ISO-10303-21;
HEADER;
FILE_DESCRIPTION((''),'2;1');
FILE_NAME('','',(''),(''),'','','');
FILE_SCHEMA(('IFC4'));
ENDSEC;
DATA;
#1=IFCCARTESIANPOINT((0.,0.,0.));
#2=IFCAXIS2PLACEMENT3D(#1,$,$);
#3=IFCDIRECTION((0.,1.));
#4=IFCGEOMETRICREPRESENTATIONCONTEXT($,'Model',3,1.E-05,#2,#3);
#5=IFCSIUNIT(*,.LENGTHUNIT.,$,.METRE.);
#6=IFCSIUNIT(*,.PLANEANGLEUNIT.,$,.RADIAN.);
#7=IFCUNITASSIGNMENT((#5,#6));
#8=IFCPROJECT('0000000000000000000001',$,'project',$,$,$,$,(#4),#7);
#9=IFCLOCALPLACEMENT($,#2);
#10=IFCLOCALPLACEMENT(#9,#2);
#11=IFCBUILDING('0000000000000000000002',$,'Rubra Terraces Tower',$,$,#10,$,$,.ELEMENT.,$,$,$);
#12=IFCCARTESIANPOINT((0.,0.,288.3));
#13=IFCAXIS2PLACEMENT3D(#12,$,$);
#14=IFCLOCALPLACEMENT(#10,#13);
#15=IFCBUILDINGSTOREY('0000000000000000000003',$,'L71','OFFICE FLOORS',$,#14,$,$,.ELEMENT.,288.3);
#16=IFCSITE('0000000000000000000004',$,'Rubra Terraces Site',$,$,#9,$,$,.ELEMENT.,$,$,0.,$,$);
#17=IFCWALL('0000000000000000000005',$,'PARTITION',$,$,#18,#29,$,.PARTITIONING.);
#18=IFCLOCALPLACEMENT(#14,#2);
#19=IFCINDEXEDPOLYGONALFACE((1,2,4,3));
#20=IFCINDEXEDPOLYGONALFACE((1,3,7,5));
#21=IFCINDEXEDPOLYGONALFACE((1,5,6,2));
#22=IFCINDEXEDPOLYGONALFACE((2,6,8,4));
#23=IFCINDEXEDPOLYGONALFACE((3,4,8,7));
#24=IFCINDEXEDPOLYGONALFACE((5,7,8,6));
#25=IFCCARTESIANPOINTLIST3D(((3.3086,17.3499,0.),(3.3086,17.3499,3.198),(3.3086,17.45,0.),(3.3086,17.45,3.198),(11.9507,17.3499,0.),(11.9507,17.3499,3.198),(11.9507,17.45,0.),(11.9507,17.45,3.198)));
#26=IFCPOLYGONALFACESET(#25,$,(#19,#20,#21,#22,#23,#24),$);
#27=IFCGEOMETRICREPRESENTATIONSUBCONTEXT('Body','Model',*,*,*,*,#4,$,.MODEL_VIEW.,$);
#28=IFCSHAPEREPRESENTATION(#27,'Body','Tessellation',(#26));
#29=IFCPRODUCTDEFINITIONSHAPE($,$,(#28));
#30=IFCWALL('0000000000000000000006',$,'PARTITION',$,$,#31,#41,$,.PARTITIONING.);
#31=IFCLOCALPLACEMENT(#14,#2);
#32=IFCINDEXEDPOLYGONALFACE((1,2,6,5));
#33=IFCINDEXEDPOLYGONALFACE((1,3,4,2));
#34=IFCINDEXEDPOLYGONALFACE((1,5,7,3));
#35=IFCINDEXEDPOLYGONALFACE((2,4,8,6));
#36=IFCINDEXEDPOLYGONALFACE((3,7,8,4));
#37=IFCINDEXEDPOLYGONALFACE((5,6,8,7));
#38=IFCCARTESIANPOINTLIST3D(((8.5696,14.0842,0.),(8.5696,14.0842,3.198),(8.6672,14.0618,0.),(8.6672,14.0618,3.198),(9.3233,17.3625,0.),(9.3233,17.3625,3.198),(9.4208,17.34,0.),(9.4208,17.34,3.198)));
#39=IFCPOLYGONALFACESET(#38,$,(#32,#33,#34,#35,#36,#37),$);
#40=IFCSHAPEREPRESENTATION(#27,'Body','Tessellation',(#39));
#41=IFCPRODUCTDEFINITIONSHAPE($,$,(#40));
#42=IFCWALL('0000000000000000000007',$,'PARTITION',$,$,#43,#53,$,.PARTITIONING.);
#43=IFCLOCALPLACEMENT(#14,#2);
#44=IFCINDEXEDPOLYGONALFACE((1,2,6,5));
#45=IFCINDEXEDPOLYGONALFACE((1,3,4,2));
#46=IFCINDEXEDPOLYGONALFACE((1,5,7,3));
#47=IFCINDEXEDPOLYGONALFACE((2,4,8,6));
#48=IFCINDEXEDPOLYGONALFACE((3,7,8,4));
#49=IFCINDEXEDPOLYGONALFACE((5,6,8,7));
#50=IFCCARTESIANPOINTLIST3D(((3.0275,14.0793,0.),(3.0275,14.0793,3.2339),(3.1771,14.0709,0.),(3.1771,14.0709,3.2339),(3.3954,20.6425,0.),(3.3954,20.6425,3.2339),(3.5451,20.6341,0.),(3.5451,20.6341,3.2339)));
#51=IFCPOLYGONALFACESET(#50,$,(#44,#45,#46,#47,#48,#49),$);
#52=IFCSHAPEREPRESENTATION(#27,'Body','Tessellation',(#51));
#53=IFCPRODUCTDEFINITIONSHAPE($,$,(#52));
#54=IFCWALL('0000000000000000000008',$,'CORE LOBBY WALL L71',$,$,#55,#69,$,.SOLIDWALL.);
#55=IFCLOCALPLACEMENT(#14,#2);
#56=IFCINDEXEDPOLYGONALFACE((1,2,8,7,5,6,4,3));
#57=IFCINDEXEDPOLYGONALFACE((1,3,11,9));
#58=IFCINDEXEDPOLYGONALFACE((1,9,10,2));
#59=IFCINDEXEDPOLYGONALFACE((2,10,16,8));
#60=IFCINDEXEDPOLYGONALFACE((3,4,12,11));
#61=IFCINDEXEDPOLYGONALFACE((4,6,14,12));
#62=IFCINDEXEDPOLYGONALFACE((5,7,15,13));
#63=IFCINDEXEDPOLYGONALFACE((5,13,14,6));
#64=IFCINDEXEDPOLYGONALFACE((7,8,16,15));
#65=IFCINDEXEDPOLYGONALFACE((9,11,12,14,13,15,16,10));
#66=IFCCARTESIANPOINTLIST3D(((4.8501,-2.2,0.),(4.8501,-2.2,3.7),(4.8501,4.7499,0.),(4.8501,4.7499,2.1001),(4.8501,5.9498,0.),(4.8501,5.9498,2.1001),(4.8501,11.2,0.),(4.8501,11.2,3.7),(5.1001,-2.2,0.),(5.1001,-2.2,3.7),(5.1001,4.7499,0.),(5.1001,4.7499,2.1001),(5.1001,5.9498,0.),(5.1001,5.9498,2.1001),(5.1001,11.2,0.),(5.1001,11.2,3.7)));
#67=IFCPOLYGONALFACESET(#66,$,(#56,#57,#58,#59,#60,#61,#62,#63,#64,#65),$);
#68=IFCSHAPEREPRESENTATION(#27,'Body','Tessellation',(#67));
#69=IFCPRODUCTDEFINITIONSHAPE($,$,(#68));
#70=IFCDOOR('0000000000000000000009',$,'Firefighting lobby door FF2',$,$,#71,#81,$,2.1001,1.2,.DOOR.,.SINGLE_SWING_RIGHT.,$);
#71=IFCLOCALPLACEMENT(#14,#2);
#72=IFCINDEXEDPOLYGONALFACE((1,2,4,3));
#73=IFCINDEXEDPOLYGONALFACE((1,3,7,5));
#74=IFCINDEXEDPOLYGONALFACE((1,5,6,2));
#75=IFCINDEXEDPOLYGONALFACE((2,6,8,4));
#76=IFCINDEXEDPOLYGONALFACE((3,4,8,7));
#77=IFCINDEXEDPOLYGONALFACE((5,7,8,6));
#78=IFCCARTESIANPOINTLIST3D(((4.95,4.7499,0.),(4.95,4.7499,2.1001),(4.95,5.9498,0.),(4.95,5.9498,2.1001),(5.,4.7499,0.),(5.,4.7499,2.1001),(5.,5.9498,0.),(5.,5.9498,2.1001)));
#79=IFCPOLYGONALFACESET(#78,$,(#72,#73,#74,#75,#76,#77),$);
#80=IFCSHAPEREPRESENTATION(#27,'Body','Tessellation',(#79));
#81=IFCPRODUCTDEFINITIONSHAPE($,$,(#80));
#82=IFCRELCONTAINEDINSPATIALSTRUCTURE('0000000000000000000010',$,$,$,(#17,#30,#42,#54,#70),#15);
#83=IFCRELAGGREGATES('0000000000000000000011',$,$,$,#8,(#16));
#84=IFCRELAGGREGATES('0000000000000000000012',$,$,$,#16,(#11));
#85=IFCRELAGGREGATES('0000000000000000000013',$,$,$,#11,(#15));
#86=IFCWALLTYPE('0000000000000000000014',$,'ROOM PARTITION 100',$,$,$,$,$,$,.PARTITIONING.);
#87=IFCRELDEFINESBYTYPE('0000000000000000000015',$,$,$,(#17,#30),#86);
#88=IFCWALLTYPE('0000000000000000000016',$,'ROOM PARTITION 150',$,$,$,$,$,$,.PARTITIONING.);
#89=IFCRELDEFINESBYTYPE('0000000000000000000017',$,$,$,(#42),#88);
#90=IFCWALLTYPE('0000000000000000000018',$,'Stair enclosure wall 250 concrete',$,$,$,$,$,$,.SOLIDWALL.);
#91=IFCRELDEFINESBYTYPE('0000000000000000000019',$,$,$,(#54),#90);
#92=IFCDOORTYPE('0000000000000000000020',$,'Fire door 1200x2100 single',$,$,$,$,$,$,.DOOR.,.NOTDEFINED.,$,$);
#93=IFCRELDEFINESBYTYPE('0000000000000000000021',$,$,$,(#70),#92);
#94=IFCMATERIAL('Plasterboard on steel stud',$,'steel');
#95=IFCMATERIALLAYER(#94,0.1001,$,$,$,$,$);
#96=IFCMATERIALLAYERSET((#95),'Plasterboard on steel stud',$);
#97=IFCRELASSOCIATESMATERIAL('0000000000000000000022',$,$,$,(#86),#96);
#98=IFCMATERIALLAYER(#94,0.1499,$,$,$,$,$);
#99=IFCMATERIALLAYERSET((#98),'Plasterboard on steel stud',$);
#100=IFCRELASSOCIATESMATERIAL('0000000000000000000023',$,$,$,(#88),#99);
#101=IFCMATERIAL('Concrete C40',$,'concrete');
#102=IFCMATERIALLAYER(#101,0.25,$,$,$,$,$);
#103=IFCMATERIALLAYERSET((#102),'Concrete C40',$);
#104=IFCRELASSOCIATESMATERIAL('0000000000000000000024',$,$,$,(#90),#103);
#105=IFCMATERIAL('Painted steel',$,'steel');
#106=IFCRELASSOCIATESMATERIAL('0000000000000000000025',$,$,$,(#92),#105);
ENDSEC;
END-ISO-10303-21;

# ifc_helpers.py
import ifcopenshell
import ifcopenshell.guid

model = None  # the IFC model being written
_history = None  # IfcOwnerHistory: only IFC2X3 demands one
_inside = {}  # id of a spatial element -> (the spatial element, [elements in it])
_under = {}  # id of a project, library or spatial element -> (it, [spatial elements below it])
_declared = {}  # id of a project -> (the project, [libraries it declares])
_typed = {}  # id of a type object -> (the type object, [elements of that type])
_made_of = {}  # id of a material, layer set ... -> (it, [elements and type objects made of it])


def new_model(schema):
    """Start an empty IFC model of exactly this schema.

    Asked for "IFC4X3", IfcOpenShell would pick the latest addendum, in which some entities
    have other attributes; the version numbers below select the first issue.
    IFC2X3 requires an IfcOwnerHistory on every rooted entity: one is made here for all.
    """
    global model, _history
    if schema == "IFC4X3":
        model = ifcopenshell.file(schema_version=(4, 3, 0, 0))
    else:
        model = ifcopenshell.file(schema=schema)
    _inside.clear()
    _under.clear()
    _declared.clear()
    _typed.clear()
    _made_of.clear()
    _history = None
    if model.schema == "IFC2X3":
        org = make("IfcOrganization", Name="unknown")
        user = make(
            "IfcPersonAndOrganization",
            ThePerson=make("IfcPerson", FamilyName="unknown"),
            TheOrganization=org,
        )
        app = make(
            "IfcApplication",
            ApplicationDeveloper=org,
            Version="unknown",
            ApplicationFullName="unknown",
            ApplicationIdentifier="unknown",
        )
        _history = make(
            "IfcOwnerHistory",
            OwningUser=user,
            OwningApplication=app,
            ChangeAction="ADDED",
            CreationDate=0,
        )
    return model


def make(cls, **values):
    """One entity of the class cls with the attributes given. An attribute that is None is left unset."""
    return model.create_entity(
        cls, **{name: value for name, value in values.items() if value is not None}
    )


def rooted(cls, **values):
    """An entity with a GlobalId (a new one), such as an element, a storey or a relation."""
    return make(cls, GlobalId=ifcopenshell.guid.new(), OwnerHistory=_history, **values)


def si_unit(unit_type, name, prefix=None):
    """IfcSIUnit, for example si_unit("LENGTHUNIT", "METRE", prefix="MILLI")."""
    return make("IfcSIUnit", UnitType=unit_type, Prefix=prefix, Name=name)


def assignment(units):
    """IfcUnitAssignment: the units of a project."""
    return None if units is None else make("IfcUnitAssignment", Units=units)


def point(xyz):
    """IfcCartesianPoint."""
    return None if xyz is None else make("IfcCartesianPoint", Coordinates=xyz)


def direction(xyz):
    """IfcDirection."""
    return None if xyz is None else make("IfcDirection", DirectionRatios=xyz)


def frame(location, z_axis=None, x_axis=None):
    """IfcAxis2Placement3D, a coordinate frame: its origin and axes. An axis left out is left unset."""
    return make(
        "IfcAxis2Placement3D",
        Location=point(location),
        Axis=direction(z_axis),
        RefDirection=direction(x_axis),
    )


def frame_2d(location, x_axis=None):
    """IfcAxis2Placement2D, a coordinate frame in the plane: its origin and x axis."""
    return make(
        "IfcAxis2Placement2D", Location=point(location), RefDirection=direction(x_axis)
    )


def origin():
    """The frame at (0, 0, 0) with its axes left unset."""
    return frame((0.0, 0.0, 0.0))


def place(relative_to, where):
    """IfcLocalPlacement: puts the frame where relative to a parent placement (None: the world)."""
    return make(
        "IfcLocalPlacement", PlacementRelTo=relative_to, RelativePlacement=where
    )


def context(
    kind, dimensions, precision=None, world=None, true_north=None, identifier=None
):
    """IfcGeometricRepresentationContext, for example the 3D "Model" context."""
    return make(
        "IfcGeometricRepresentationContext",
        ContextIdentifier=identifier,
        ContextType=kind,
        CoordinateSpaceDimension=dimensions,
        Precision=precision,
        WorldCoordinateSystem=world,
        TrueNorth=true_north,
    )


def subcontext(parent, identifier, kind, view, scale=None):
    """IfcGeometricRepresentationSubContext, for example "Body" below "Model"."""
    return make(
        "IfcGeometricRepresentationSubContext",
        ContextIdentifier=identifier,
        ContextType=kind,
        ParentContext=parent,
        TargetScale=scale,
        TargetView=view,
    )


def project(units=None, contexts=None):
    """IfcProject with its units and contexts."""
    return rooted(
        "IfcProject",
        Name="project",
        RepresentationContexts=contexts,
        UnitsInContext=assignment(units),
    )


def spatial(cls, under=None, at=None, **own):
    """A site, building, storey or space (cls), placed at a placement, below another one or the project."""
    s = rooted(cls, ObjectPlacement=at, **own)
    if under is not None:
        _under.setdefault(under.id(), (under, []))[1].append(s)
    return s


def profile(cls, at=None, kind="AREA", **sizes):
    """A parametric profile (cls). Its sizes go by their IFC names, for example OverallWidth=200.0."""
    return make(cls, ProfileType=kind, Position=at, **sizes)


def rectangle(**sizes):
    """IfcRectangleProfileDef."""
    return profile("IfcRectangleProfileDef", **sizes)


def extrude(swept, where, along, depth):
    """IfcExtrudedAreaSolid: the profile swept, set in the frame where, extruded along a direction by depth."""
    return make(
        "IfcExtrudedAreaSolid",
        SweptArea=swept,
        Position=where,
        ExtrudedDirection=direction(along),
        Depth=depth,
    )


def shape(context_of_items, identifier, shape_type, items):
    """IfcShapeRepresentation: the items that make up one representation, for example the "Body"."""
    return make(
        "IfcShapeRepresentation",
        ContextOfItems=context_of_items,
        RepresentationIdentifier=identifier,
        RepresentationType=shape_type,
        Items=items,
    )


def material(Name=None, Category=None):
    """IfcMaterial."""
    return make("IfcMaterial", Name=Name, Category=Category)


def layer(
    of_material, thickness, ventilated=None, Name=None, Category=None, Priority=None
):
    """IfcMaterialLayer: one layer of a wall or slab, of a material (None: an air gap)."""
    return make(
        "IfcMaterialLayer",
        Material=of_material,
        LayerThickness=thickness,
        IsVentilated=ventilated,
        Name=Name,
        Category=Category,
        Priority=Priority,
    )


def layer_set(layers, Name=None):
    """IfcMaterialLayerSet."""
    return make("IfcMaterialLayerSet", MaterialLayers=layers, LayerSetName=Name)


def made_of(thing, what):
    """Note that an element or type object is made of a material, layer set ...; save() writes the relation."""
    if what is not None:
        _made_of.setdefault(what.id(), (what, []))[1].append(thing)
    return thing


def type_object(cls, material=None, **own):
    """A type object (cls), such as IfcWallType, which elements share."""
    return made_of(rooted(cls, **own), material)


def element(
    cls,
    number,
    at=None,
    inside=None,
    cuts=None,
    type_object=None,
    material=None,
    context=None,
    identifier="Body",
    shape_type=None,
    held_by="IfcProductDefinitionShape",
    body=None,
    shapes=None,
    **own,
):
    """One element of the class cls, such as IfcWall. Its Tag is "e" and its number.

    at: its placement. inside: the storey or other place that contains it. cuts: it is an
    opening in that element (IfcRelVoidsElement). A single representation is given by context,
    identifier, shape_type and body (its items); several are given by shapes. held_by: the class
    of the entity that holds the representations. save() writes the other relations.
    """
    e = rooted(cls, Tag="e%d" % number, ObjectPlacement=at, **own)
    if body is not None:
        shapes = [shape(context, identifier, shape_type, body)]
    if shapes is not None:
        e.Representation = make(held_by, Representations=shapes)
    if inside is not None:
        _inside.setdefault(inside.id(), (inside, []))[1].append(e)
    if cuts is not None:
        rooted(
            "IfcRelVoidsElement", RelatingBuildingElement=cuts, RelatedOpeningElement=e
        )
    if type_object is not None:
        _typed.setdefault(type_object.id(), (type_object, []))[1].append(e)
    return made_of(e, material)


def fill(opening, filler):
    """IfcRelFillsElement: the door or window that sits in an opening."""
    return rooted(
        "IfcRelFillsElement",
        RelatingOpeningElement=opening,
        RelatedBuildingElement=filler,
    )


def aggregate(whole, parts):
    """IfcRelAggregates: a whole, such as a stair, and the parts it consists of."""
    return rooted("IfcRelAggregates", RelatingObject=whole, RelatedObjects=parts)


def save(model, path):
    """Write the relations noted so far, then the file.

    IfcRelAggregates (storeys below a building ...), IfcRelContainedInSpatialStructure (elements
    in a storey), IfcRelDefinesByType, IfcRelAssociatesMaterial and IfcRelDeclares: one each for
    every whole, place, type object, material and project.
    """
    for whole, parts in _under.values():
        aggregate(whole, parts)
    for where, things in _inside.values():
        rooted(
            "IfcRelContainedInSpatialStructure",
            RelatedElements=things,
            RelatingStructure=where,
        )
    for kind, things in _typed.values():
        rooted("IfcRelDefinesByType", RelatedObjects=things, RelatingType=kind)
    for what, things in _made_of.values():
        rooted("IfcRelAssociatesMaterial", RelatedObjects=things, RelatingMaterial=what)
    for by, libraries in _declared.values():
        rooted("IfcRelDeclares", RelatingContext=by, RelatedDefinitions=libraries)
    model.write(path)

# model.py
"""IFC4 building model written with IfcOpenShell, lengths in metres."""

from ifc_helpers import new_model, si_unit, direction, frame, frame_2d, origin, place, context, subcontext, project, spatial, rectangle, extrude, material, layer, layer_set, type_object, element, fill, save


model = new_model("IFC4")

# Units and contexts
model_context = context("Model", 3, precision=1e-05, world=origin(), true_north=direction((0.0, 1.0)))
body_context = subcontext(model_context, "Body", "Model", "MODEL_VIEW")
ifc_project = project(units=[si_unit("LENGTHUNIT", "METRE"), si_unit("PLANEANGLEUNIT", "RADIAN")], contexts=[model_context])

# Site, building, storey
site_placement = place(None, origin())
site = spatial("IfcSite", under=ifc_project, at=site_placement, Name="Rubra Terraces Site", CompositionType="ELEMENT", RefElevation=0.0)
building_placement = place(site_placement, origin())
building = spatial("IfcBuilding", under=site, at=building_placement, Name="Rubra Terraces Tower", CompositionType="ELEMENT")
storey_placement = place(building_placement, frame((0.0, 0.0, 288.3)))
storey = spatial("IfcBuildingStorey", under=building, at=storey_placement, Name="L71", Description="OFFICE FLOORS", CompositionType="ELEMENT", Elevation=288.3)

# Walls
ifc_material_1 = material(Name="Plasterboard on steel stud", Category="steel")
ifc_layer_1 = layer(ifc_material_1, 0.1001)
ifc_layer_set_1 = layer_set([ifc_layer_1], Name="Plasterboard on steel stud")
wall_type_1 = type_object("IfcWallType", Name="ROOM PARTITION 100", PredefinedType="PARTITIONING", material=ifc_layer_set_1)
wall_1_placement = place(storey_placement, frame((3.3086, 17.3999, 0.0), z_axis=(0.0, 0.0, 1.0), x_axis=(1.0, 0.0, 0.0)))
element("IfcWall", 1, at=wall_1_placement, inside=storey, type_object=wall_type_1, Name="PARTITION", PredefinedType="PARTITIONING", context=body_context, shape_type="SweptSolid", body=[
    extrude(rectangle(XDim=8.6421, YDim=0.1001, at=frame_2d((4.321, 0.0))), origin(), (0.0, 0.0, 1.0), 3.198),
])
wall_2_placement = place(storey_placement, frame((8.6184, 14.073, 0.0), z_axis=(0.0, 0.0, 1.0), x_axis=(0.224048, 0.974578, 0.0)))
element("IfcWall", 2, at=wall_2_placement, inside=storey, type_object=wall_type_1, Name="PARTITION", PredefinedType="PARTITIONING", context=body_context, shape_type="SweptSolid", body=[
    extrude(rectangle(XDim=3.3638, YDim=0.1001, at=frame_2d((1.6819, 0.0))), origin(), (0.0, 0.0, 1.0), 3.198),
])
ifc_layer_2 = layer(ifc_material_1, 0.1499)
ifc_layer_set_2 = layer_set([ifc_layer_2], Name="Plasterboard on steel stud")
wall_type_2 = type_object("IfcWallType", Name="ROOM PARTITION 150", PredefinedType="PARTITIONING", material=ifc_layer_set_2)
wall_3_placement = place(storey_placement, frame((3.4702, 20.6382, 0.0), z_axis=(0.0, 0.0, 1.0), x_axis=(-0.05597, -0.998432, 0.0)))
element("IfcWall", 3, at=wall_3_placement, inside=storey, type_object=wall_type_2, Name="PARTITION", PredefinedType="PARTITIONING", context=body_context, shape_type="SweptSolid", body=[
    extrude(rectangle(XDim=6.5735, YDim=0.1499, at=frame_2d((3.2866, 0.0))), origin(), (0.0, 0.0, 1.0), 3.2339),
])

# Wall, opening, door
ifc_material_2 = material(Name="Concrete C40", Category="concrete")
ifc_layer_3 = layer(ifc_material_2, 0.25)
ifc_layer_set_3 = layer_set([ifc_layer_3], Name="Concrete C40")
wall_type_3 = type_object("IfcWallType", Name="Stair enclosure wall 250 concrete", PredefinedType="SOLIDWALL", material=ifc_layer_set_3)
wall_4_placement = place(storey_placement, frame((4.9751, 11.2, 0.0), z_axis=(0.0, 0.0, 1.0), x_axis=(0.0, -1.0, 0.0)))
wall_4 = element("IfcWall", 4, at=wall_4_placement, inside=storey, type_object=wall_type_3, Name="CORE LOBBY WALL L71", PredefinedType="SOLIDWALL", context=body_context, shape_type="SweptSolid", body=[
    extrude(rectangle(XDim=13.3999, YDim=0.25, at=frame_2d((6.7, 0.0))), origin(), (0.0, 0.0, 1.0), 3.7),
])
opening_1_placement = place(wall_4_placement, frame((5.25, 0.0, 0.0)))
opening_1 = element("IfcOpeningElement", 5, at=opening_1_placement, cuts=wall_4, PredefinedType="OPENING", context=body_context, shape_type="SweptSolid", body=[
    extrude(rectangle(XDim=1.2, YDim=2.1001, at=frame_2d((0.6001, 1.05))), frame((0.0, 0.135, 0.0), z_axis=(0.0, -1.0, 0.0), x_axis=(1.0, 0.0, 0.0)), (0.0, 0.0, 1.0), 0.27),
])
ifc_material_3 = material(Name="Painted steel", Category="steel")
door_type_1 = type_object("IfcDoorType", Name="Fire door 1200x2100 single", OperationType="NOTDEFINED", PredefinedType="DOOR", material=ifc_material_3)
door_1_placement = place(opening_1_placement, origin())
door_1 = element("IfcDoor", 6, at=door_1_placement, inside=storey, type_object=door_type_1, Name="Firefighting lobby door FF2", OperationType="SINGLE_SWING_RIGHT", OverallHeight=2.1001, OverallWidth=1.2, PredefinedType="DOOR", context=body_context, shape_type="SweptSolid", body=[
    extrude(rectangle(XDim=1.2, YDim=2.1001, at=frame_2d((0.6001, 1.05))), frame((0.0, 0.0249, 0.0), z_axis=(0.0, -1.0, 0.0), x_axis=(1.0, 0.0, 0.0)), (0.0, 0.0, 1.0), 0.05),
])
fill(opening_1, door_1)

save(model, "model.ifc")
